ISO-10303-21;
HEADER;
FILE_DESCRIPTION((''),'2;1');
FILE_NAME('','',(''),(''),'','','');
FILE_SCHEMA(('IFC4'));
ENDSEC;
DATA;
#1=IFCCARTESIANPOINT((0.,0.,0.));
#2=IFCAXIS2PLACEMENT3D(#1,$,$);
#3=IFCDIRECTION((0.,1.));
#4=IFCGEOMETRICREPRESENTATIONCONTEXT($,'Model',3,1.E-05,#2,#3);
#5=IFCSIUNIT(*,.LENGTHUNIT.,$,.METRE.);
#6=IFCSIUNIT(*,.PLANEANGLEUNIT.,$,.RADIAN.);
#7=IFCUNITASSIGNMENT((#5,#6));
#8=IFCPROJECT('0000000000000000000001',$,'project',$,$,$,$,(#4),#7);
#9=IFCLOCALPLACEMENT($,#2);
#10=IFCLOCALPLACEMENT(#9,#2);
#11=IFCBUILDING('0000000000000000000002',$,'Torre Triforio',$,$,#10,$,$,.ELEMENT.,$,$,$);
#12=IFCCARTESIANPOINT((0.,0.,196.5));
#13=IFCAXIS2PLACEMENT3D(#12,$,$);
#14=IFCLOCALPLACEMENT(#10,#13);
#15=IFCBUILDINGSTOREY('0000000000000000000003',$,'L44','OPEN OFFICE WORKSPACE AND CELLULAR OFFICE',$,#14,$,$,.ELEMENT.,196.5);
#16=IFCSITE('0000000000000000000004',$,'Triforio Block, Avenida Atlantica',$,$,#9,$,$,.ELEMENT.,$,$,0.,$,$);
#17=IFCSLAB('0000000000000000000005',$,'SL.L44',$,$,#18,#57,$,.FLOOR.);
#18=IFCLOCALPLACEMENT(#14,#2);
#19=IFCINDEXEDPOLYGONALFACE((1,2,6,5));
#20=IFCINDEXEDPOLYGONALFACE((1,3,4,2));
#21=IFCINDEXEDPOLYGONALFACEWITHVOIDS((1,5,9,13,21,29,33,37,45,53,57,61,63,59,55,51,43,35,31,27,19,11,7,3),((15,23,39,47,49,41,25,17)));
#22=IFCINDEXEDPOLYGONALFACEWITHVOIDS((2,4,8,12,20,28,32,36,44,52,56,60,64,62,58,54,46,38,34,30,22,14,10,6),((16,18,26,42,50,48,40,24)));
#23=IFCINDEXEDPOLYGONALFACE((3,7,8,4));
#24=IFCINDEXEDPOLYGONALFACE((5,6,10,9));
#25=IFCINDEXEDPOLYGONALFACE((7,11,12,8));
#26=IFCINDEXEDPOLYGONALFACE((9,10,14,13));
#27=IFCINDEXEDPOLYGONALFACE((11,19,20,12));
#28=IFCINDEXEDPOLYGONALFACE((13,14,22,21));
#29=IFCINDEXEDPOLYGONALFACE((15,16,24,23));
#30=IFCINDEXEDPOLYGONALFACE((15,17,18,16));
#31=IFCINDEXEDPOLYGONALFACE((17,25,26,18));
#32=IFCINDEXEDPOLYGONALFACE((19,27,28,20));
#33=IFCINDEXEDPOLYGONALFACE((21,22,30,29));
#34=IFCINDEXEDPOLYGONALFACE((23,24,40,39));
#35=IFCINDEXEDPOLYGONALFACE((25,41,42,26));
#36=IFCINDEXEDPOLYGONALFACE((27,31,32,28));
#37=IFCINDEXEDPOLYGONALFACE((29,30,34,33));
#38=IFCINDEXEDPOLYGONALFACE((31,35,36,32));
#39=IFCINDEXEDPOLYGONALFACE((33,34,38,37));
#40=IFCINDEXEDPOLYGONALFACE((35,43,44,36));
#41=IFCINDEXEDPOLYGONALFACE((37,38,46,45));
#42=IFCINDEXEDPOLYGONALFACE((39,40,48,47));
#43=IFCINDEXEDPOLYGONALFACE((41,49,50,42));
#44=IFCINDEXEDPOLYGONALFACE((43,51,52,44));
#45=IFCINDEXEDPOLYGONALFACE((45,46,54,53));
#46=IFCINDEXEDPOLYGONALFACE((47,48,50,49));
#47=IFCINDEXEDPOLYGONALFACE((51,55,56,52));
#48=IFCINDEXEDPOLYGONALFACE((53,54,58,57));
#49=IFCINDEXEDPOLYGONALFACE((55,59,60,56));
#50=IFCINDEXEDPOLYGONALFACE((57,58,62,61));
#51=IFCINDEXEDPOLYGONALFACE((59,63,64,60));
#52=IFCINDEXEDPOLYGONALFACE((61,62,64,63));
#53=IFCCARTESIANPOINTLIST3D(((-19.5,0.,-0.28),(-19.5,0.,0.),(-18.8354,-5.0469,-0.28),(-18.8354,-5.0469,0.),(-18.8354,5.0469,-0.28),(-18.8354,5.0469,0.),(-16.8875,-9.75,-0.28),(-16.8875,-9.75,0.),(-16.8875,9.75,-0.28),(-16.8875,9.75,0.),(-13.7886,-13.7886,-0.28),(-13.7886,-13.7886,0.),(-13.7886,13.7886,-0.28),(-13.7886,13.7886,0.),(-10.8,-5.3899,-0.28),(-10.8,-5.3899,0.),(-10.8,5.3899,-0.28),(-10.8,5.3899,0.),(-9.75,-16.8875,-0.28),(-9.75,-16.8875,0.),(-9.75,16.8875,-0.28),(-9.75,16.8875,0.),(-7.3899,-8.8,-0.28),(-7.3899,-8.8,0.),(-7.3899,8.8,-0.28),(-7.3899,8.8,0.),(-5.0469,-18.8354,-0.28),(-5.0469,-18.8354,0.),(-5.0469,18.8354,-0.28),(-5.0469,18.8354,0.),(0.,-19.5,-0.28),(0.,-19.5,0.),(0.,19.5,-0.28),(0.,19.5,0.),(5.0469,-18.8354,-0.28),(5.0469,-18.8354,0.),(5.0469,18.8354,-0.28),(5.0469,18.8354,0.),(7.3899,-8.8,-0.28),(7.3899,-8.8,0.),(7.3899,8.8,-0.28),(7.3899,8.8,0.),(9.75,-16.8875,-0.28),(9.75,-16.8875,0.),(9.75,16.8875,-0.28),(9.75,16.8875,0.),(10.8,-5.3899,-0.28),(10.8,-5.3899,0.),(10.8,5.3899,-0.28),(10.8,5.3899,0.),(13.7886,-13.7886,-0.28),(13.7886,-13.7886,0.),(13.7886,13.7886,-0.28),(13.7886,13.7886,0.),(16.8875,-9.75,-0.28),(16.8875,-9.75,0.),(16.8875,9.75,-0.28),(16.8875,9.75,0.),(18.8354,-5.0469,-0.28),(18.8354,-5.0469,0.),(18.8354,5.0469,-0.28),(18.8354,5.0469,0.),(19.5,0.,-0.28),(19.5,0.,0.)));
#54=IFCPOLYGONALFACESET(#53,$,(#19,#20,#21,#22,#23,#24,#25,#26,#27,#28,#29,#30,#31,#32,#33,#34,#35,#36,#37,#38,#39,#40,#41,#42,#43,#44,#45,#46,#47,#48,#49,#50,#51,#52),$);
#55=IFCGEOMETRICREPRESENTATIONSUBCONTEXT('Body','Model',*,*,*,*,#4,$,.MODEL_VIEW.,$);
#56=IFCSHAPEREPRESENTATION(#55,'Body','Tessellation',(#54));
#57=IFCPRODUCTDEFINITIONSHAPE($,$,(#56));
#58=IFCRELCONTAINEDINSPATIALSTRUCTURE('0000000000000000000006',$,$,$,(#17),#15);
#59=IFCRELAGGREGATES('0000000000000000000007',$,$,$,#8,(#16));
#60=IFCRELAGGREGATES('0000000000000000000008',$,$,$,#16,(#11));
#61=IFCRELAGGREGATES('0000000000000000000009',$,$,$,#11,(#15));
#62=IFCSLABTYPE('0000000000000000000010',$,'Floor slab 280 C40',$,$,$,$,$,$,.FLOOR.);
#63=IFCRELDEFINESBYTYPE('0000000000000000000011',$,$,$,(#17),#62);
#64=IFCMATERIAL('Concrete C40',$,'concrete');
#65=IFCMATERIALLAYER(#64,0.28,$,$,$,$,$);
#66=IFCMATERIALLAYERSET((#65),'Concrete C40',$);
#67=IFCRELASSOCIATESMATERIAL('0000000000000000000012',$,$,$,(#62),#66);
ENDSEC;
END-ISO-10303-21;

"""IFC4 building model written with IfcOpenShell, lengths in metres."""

from ifc_helpers import new_model, si_unit, direction, frame, origin, place, context, subcontext, project, spatial, polyline, outline, extrude, material, layer, layer_set, type_object, element, save


model = new_model("IFC4")

# Units and contexts
model_context = context("Model", 3, precision=1e-05, world=origin(), true_north=direction((0.0, 1.0)))
body_context = subcontext(model_context, "Body", "Model", "MODEL_VIEW")
ifc_project = project(units=[si_unit("LENGTHUNIT", "METRE"), si_unit("PLANEANGLEUNIT", "RADIAN")], contexts=[model_context])

# Site, building, storey
site_placement = place(None, origin())
site = spatial("IfcSite", under=ifc_project, at=site_placement, Name="Triforio Block, Avenida Atlantica", CompositionType="ELEMENT", RefElevation=0.0)
building_placement = place(site_placement, origin())
building = spatial("IfcBuilding", under=site, at=building_placement, Name="Torre Triforio", CompositionType="ELEMENT")
storey_placement = place(building_placement, frame((0.0, 0.0, 196.5)))
storey = spatial("IfcBuildingStorey", under=building, at=storey_placement, Name="L44", Description="OPEN OFFICE WORKSPACE AND CELLULAR OFFICE", CompositionType="ELEMENT", Elevation=196.5)

# Slab
ifc_material_1 = material(Name="Concrete C40", Category="concrete")
ifc_layer_1 = layer(ifc_material_1, 0.28)
ifc_layer_set_1 = layer_set([ifc_layer_1], Name="Concrete C40")
slab_type_1 = type_object("IfcSlabType", Name="Floor slab 280 C40", PredefinedType="FLOOR", material=ifc_layer_set_1)
slab_1_placement = place(storey_placement, frame((0.0, 0.0, -0.28)))
element("IfcSlab", 1, at=slab_1_placement, inside=storey, type_object=slab_type_1, Name="SL.L44", PredefinedType="FLOOR", context=body_context, shape_type="SweptSolid", body=[
    extrude(outline(polyline([(16.8875, -9.75), (18.8354, -5.0469), (19.5, 0.0), (18.8354, 5.0469), (16.8875, 9.75), (13.7886, 13.7886), (9.75, 16.8875), (5.0469, 18.8354), (0.0, 19.5), (-5.0469, 18.8354), (-9.75, 16.8875), (-13.7886, 13.7886), (-16.8875, 9.75), (-18.8354, 5.0469), (-19.5, 0.0), (-18.8354, -5.0469), (-16.8875, -9.75), (-13.7886, -13.7886), (-9.75, -16.8875), (-5.0469, -18.8354), (0.0, -19.5), (5.0469, -18.8354), (9.75, -16.8875), (13.7886, -13.7886), (16.8875, -9.75)]), holes=[polyline([(10.8, 5.3899), (10.8, -5.3899), (7.3899, -8.8), (-7.3899, -8.8), (-10.8, -5.3899), (-10.8, 5.3899), (-7.3899, 8.8), (7.3899, 8.8), (10.8, 5.3899)])]), origin(), (0.0, 0.0, 1.0), 0.28),
])

save(model, "model.ifc")
